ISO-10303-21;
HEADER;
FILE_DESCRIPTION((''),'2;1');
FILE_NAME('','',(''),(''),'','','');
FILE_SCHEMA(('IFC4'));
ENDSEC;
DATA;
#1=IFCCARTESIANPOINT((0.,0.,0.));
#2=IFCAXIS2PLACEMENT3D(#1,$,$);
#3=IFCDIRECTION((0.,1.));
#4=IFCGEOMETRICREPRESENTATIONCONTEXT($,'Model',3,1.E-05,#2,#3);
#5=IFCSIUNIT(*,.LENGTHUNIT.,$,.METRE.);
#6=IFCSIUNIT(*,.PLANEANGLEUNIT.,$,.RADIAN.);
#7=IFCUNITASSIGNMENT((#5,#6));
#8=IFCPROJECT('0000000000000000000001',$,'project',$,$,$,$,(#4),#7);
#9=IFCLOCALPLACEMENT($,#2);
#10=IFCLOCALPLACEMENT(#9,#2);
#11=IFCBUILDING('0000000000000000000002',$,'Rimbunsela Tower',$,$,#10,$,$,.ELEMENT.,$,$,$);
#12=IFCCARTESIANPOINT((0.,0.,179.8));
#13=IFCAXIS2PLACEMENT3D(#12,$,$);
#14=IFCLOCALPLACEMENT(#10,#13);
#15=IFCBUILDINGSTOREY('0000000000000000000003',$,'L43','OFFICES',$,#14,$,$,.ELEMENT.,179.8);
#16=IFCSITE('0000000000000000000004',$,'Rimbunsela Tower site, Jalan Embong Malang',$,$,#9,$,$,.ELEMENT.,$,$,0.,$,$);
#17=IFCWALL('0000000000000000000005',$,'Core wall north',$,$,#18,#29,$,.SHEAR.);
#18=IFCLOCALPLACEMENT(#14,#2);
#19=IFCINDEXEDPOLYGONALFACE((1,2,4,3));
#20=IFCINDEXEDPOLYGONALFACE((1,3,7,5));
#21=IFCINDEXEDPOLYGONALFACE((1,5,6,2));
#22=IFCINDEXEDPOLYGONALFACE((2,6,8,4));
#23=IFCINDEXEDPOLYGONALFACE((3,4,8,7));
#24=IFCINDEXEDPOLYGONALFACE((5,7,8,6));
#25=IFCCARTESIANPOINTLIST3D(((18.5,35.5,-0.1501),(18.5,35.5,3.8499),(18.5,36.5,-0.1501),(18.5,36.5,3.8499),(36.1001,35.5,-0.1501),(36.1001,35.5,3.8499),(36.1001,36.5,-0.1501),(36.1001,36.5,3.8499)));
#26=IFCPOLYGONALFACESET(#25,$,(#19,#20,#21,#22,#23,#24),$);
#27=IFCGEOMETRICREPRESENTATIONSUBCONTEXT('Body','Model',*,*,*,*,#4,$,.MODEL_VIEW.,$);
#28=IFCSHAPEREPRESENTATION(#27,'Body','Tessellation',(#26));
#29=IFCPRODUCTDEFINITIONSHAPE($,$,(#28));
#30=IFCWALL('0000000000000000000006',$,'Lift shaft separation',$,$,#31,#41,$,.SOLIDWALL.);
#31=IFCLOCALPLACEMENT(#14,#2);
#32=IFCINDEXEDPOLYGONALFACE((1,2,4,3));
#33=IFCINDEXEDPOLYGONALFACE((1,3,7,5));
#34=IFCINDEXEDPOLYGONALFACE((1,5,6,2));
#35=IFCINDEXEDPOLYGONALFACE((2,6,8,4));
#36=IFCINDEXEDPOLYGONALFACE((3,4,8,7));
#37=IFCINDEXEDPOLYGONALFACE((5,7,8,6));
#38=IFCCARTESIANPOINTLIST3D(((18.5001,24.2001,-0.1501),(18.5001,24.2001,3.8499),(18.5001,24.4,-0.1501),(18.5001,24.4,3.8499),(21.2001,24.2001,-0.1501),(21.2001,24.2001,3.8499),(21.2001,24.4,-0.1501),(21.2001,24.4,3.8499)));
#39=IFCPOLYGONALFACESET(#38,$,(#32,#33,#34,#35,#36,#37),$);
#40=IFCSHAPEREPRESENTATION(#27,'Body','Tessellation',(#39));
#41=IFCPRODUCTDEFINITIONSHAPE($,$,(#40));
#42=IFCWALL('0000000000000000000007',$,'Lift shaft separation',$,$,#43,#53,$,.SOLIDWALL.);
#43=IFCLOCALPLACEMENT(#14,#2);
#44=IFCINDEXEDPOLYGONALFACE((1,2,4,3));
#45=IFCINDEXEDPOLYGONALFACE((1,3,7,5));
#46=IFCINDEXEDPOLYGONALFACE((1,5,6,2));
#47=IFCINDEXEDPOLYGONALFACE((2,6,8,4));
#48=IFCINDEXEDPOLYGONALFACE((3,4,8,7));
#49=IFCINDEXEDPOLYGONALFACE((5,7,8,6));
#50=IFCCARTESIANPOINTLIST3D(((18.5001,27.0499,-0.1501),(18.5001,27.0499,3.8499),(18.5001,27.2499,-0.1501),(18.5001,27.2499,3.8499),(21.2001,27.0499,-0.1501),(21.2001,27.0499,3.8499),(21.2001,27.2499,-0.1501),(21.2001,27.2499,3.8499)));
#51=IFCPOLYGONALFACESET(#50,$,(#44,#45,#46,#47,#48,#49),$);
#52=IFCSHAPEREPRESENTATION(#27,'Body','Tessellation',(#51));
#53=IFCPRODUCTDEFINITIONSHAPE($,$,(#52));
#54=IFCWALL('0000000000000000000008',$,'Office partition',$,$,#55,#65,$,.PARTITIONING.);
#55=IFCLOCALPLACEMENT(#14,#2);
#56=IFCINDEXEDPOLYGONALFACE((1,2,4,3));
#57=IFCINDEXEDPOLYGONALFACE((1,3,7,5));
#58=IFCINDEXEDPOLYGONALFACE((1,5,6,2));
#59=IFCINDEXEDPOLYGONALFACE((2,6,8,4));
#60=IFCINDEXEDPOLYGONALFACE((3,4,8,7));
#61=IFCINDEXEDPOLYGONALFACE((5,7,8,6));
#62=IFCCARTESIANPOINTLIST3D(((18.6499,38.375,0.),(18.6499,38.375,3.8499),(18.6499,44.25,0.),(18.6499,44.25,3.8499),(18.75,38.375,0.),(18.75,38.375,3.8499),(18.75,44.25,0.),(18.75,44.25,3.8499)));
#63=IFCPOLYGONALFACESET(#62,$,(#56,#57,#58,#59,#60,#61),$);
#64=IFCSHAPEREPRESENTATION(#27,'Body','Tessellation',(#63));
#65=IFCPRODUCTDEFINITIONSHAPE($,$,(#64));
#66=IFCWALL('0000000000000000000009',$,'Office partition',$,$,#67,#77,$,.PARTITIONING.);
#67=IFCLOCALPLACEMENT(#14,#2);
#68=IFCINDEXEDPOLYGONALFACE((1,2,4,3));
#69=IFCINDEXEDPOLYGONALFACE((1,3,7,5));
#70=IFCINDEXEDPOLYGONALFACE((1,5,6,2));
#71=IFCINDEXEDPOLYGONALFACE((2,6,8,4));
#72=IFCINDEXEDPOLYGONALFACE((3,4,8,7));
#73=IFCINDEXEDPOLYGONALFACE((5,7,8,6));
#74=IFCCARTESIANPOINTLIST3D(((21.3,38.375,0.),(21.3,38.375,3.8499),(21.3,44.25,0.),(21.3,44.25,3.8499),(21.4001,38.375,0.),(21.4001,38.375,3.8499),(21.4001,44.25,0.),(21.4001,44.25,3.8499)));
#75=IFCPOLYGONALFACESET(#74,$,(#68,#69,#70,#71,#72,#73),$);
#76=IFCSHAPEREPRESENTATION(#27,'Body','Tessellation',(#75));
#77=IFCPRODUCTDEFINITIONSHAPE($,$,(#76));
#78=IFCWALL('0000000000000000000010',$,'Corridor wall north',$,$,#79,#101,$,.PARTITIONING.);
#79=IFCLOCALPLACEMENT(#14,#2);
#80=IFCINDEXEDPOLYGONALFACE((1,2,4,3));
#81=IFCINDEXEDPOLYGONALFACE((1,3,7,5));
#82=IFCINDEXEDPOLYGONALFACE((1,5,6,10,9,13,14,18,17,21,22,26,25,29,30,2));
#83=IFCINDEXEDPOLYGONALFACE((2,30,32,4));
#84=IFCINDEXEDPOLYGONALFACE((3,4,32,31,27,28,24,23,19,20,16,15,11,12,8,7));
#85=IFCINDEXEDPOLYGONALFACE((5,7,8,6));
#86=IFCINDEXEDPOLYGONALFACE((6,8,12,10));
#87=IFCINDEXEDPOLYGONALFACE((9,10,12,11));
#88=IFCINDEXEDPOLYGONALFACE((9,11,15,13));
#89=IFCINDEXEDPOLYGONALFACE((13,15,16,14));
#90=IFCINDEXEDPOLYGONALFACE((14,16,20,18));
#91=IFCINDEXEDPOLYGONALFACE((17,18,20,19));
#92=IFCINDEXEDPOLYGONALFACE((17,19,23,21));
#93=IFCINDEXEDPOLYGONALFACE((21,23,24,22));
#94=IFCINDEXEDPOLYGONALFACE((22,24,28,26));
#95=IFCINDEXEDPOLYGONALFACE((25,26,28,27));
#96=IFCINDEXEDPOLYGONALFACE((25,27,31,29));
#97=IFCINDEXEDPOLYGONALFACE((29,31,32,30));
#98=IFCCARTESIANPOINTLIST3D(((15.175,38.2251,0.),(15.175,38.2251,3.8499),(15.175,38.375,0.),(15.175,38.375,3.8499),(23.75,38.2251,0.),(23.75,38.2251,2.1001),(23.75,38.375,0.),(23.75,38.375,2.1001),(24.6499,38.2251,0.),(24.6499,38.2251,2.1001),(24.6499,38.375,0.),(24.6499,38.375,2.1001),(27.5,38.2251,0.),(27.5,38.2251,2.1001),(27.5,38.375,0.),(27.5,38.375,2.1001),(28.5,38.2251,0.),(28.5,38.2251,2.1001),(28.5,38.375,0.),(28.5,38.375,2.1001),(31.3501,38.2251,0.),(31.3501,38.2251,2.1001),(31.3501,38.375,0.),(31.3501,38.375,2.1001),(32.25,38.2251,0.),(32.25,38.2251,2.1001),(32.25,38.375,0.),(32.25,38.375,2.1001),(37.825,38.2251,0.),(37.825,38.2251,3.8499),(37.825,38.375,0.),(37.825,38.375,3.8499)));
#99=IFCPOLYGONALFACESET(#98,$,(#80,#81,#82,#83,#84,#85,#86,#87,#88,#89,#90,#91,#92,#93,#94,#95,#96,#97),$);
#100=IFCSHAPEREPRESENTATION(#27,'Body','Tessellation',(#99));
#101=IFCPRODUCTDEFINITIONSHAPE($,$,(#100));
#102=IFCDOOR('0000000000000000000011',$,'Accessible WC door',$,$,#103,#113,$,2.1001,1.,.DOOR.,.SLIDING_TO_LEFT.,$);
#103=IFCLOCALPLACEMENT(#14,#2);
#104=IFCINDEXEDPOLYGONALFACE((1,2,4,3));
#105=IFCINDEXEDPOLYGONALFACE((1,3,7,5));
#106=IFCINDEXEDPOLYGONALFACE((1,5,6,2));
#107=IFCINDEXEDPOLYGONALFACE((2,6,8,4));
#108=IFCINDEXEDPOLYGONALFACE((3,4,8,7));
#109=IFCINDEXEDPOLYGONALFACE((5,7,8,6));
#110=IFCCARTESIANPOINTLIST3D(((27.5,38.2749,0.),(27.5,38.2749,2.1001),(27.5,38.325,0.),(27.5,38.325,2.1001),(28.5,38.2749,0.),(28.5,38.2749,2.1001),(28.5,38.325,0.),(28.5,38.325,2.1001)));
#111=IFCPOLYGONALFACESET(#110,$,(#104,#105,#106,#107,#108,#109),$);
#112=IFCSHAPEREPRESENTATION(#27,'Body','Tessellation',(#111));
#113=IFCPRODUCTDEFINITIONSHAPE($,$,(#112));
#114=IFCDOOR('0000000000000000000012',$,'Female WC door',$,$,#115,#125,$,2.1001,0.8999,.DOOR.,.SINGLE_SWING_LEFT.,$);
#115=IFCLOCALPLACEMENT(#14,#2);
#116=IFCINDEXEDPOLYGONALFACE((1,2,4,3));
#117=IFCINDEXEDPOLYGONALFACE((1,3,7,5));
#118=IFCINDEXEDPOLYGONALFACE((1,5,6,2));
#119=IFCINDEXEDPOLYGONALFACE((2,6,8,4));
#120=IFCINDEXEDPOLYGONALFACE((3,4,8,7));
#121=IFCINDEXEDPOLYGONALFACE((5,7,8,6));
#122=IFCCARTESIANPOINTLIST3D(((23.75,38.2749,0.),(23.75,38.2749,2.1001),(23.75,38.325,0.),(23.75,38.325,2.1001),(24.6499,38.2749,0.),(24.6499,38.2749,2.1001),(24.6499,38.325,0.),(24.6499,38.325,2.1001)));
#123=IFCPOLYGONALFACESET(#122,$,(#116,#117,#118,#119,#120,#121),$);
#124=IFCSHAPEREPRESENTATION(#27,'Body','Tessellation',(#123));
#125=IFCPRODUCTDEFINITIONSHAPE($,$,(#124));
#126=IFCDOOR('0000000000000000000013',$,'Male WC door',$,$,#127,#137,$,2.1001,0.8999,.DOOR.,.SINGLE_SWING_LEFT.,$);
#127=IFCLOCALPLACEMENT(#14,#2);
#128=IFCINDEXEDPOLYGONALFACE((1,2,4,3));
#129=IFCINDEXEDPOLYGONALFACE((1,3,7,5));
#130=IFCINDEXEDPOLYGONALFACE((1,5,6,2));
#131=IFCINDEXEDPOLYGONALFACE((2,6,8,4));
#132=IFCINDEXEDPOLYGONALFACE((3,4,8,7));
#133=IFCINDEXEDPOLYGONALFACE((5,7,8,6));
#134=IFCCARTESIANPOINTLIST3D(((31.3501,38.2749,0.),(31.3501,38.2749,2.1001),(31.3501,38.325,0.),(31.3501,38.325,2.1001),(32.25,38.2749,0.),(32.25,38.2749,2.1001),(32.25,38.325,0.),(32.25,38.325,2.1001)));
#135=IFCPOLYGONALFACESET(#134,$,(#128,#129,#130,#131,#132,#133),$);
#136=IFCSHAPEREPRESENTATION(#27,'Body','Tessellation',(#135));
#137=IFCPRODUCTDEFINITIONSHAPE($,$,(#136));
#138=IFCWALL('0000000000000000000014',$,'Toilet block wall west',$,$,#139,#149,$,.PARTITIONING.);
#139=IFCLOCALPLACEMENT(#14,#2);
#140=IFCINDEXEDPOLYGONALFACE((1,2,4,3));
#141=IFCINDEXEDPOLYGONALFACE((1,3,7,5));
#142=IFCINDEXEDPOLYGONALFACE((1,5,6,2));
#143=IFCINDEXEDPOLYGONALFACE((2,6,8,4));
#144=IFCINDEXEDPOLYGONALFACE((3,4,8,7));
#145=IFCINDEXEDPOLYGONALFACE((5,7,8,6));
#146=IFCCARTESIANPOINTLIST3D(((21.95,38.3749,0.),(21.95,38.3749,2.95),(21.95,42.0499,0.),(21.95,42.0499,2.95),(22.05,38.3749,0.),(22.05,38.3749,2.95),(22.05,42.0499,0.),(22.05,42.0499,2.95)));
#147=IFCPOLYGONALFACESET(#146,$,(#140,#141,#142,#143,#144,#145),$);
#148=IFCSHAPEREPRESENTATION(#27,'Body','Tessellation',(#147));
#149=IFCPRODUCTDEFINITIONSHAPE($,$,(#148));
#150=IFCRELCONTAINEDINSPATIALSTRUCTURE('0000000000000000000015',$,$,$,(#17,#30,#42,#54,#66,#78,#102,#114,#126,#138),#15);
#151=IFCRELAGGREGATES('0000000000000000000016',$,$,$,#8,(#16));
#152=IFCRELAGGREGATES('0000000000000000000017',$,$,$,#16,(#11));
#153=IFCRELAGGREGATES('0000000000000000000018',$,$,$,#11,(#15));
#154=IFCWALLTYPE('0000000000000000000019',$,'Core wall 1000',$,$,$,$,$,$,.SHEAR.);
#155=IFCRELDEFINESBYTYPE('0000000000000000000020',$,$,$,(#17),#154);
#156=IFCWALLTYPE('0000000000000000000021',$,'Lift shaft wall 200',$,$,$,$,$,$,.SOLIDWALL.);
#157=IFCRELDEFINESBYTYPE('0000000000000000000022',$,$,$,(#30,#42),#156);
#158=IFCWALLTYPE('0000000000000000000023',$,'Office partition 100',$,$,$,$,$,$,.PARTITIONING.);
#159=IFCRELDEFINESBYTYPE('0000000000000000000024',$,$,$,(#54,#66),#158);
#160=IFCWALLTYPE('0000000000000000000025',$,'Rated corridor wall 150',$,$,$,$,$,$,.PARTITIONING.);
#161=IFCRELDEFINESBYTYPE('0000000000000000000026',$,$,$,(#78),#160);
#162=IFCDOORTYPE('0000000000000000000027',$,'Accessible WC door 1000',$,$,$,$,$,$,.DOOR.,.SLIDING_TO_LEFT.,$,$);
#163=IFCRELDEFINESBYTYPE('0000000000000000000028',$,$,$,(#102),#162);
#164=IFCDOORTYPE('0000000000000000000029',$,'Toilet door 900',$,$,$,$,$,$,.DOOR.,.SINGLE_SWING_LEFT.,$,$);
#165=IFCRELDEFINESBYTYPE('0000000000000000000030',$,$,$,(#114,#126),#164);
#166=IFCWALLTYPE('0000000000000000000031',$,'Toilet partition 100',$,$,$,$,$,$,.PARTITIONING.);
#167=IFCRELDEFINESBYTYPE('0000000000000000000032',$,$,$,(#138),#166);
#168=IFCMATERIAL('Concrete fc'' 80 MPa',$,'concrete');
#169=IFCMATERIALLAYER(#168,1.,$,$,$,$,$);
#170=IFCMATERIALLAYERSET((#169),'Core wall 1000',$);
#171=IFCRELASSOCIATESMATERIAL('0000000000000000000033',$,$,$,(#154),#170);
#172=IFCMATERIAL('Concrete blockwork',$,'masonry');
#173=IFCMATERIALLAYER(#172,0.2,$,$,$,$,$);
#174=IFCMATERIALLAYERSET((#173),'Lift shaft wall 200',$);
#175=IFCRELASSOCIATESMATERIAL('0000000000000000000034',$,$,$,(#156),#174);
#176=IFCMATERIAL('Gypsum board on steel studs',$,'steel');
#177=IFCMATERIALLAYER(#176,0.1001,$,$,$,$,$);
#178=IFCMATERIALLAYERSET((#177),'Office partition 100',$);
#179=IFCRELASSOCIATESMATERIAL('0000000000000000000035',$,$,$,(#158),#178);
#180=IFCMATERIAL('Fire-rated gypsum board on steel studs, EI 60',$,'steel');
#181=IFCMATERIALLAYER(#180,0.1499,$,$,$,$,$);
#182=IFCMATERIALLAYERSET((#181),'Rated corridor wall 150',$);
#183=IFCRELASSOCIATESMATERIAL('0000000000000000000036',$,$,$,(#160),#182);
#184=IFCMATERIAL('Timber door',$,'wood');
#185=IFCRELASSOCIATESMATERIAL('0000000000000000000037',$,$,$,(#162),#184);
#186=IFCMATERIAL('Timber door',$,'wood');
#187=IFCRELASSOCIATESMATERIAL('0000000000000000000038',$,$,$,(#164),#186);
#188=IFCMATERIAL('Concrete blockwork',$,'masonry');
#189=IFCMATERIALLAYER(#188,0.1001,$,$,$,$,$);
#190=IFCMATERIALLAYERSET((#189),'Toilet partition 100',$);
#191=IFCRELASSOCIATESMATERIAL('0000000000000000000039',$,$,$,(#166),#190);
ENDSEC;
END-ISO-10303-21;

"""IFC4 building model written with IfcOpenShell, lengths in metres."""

from ifc_helpers import new_model, si_unit, direction, frame, frame_2d, origin, place, context, subcontext, project, spatial, rectangle, extrude, material, layer, layer_set, type_object, element, fill, save


model = new_model("IFC4")

# Units and contexts
model_context = context("Model", 3, precision=1e-05, world=origin(), true_north=direction((0.0, 1.0)))
body_context = subcontext(model_context, "Body", "Model", "MODEL_VIEW")
ifc_project = project(units=[si_unit("LENGTHUNIT", "METRE"), si_unit("PLANEANGLEUNIT", "RADIAN")], contexts=[model_context])

# Site, building, storey
site_placement = place(None, origin())
site = spatial("IfcSite", under=ifc_project, at=site_placement, Name="Rimbunsela Tower site, Jalan Embong Malang", CompositionType="ELEMENT", RefElevation=0.0)
building_placement = place(site_placement, origin())
building = spatial("IfcBuilding", under=site, at=building_placement, Name="Rimbunsela Tower", CompositionType="ELEMENT")
storey_placement = place(building_placement, frame((0.0, 0.0, 179.8)))
storey = spatial("IfcBuildingStorey", under=building, at=storey_placement, Name="L43", Description="OFFICES", CompositionType="ELEMENT", Elevation=179.8)

# Walls
ifc_material_1 = material(Name="Concrete fc' 80 MPa", Category="concrete")
ifc_layer_1 = layer(ifc_material_1, 1.0)
ifc_layer_set_1 = layer_set([ifc_layer_1], Name="Core wall 1000")
wall_type_1 = type_object("IfcWallType", Name="Core wall 1000", PredefinedType="SHEAR", material=ifc_layer_set_1)
wall_1_placement = place(storey_placement, frame((18.5, 36.0, -0.1501), z_axis=(0.0, 0.0, 1.0), x_axis=(1.0, 0.0, 0.0)))
element("IfcWall", 1, at=wall_1_placement, inside=storey, type_object=wall_type_1, Name="Core wall north", PredefinedType="SHEAR", context=body_context, shape_type="SweptSolid", body=[
    extrude(rectangle(XDim=17.6001, YDim=1.0, at=frame_2d((8.8, 0.0))), origin(), (0.0, 0.0, 1.0), 4.0),
])
ifc_material_2 = material(Name="Concrete blockwork", Category="masonry")
ifc_layer_2 = layer(ifc_material_2, 0.2)
ifc_layer_set_2 = layer_set([ifc_layer_2], Name="Lift shaft wall 200")
wall_type_2 = type_object("IfcWallType", Name="Lift shaft wall 200", PredefinedType="SOLIDWALL", material=ifc_layer_set_2)
for number, where, z_axis, x_axis, name in (
    (2, (18.5, 24.3, -0.1501), (0.0, 0.0, 1.0), (1.0, 0.0, 0.0), "Lift shaft separation"),
    (3, (18.5, 27.1499, -0.1501), (0.0, 0.0, 1.0), (1.0, 0.0, 0.0), "Lift shaft separation"),
):
    element("IfcWall", number, at=place(storey_placement, frame(where, z_axis=z_axis, x_axis=x_axis)), inside=storey, type_object=wall_type_2, Name=name, PredefinedType="SOLIDWALL", context=body_context, shape_type="SweptSolid", body=[
        extrude(rectangle(XDim=2.7, YDim=0.2, at=frame_2d((1.3501, 0.0))), origin(), (0.0, 0.0, 1.0), 4.0),
    ])
ifc_material_3 = material(Name="Gypsum board on steel studs", Category="steel")
ifc_layer_3 = layer(ifc_material_3, 0.1001)
ifc_layer_set_3 = layer_set([ifc_layer_3], Name="Office partition 100")
wall_type_3 = type_object("IfcWallType", Name="Office partition 100", PredefinedType="PARTITIONING", material=ifc_layer_set_3)
for number, where, z_axis, x_axis, name in (
    (4, (18.7, 38.375, 0.0), (0.0, 0.0, 1.0), (0.0, 1.0, 0.0), "Office partition"),
    (5, (21.3501, 38.375, 0.0), (0.0, 0.0, 1.0), (0.0, 1.0, 0.0), "Office partition"),
):
    element("IfcWall", number, at=place(storey_placement, frame(where, z_axis=z_axis, x_axis=x_axis)), inside=storey, type_object=wall_type_3, Name=name, PredefinedType="PARTITIONING", context=body_context, shape_type="SweptSolid", body=[
        extrude(rectangle(XDim=5.875, YDim=0.1001, at=frame_2d((2.9375, 0.0))), origin(), (0.0, 0.0, 1.0), 3.8499),
    ])

# Wall, openings, doors
ifc_material_4 = material(Name="Fire-rated gypsum board on steel studs, EI 60", Category="steel")
ifc_layer_4 = layer(ifc_material_4, 0.1499)
ifc_layer_set_4 = layer_set([ifc_layer_4], Name="Rated corridor wall 150")
wall_type_4 = type_object("IfcWallType", Name="Rated corridor wall 150", PredefinedType="PARTITIONING", material=ifc_layer_set_4)
wall_2_placement = place(storey_placement, frame((15.175, 38.3, 0.0), z_axis=(0.0, 0.0, 1.0), x_axis=(1.0, 0.0, 0.0)))
wall_2 = element("IfcWall", 6, at=wall_2_placement, inside=storey, type_object=wall_type_4, Name="Corridor wall north", PredefinedType="PARTITIONING", context=body_context, shape_type="SweptSolid", body=[
    extrude(rectangle(XDim=22.6499, YDim=0.1499, at=frame_2d((11.325, 0.0))), origin(), (0.0, 0.0, 1.0), 3.8499),
])
opening_1_placement = place(wall_2_placement, frame((8.575, 0.0, 0.0)))
opening_1 = element("IfcOpeningElement", 7, at=opening_1_placement, cuts=wall_2, PredefinedType="OPENING", context=body_context, shape_type="SweptSolid", body=[
    extrude(rectangle(XDim=0.8999, YDim=2.1001, at=frame_2d((0.45, 1.05))), frame((0.0, 0.085, 0.0), z_axis=(0.0, -1.0, 0.0), x_axis=(1.0, 0.0, 0.0)), (0.0, 0.0, 1.0), 0.1699),
])
opening_2_placement = place(wall_2_placement, frame((12.325, 0.0, 0.0)))
opening_2 = element("IfcOpeningElement", 8, at=opening_2_placement, cuts=wall_2, PredefinedType="OPENING", context=body_context, shape_type="SweptSolid", body=[
    extrude(rectangle(XDim=1.0, YDim=2.1001, at=frame_2d((0.5, 1.05))), frame((0.0, 0.085, 0.0), z_axis=(0.0, -1.0, 0.0), x_axis=(1.0, 0.0, 0.0)), (0.0, 0.0, 1.0), 0.1699),
])
opening_3_placement = place(wall_2_placement, frame((16.175, 0.0, 0.0)))
opening_3 = element("IfcOpeningElement", 9, at=opening_3_placement, cuts=wall_2, PredefinedType="OPENING", context=body_context, shape_type="SweptSolid", body=[
    extrude(rectangle(XDim=0.8999, YDim=2.1001, at=frame_2d((0.45, 1.05))), frame((0.0, 0.085, 0.0), z_axis=(0.0, -1.0, 0.0), x_axis=(1.0, 0.0, 0.0)), (0.0, 0.0, 1.0), 0.1699),
])
ifc_material_5 = material(Name="Timber door", Category="wood")
door_type_1 = type_object("IfcDoorType", Name="Accessible WC door 1000", OperationType="SLIDING_TO_LEFT", PredefinedType="DOOR", material=ifc_material_5)
door_1_placement = place(opening_2_placement, origin())
door_1 = element("IfcDoor", 10, at=door_1_placement, inside=storey, type_object=door_type_1, Name="Accessible WC door", OperationType="SLIDING_TO_LEFT", OverallHeight=2.1001, OverallWidth=1.0, PredefinedType="DOOR", context=body_context, shape_type="SweptSolid", body=[
    extrude(rectangle(XDim=1.0, YDim=2.1001, at=frame_2d((0.5, 1.05))), frame((0.0, 0.0249, 0.0), z_axis=(0.0, -1.0, 0.0), x_axis=(1.0, 0.0, 0.0)), (0.0, 0.0, 1.0), 0.05),
])
fill(opening_2, door_1)
ifc_material_6 = material(Name="Timber door", Category="wood")
door_type_2 = type_object("IfcDoorType", Name="Toilet door 900", OperationType="SINGLE_SWING_LEFT", PredefinedType="DOOR", material=ifc_material_6)
door_2_placement = place(opening_1_placement, origin())
door_2 = element("IfcDoor", 11, at=door_2_placement, inside=storey, type_object=door_type_2, Name="Female WC door", OperationType="SINGLE_SWING_LEFT", OverallHeight=2.1001, OverallWidth=0.8999, PredefinedType="DOOR", context=body_context, shape_type="SweptSolid", body=[
    extrude(rectangle(XDim=0.8999, YDim=2.1001, at=frame_2d((0.45, 1.05))), frame((0.0, 0.0249, 0.0), z_axis=(0.0, -1.0, 0.0), x_axis=(1.0, 0.0, 0.0)), (0.0, 0.0, 1.0), 0.05),
])
fill(opening_1, door_2)
door_3_placement = place(opening_3_placement, origin())
door_3 = element("IfcDoor", 12, at=door_3_placement, inside=storey, type_object=door_type_2, Name="Male WC door", OperationType="SINGLE_SWING_LEFT", OverallHeight=2.1001, OverallWidth=0.8999, PredefinedType="DOOR", context=body_context, shape_type="SweptSolid", body=[
    extrude(rectangle(XDim=0.8999, YDim=2.1001, at=frame_2d((0.45, 1.05))), frame((0.0, 0.0249, 0.0), z_axis=(0.0, -1.0, 0.0), x_axis=(1.0, 0.0, 0.0)), (0.0, 0.0, 1.0), 0.05),
])
fill(opening_3, door_3)

# Wall
ifc_material_7 = material(Name="Concrete blockwork", Category="masonry")
ifc_layer_5 = layer(ifc_material_7, 0.1001)
ifc_layer_set_5 = layer_set([ifc_layer_5], Name="Toilet partition 100")
wall_type_5 = type_object("IfcWallType", Name="Toilet partition 100", PredefinedType="PARTITIONING", material=ifc_layer_set_5)
wall_3_placement = place(storey_placement, frame((22.0, 38.375, 0.0), z_axis=(0.0, 0.0, 1.0), x_axis=(0.0, 1.0, 0.0)))
element("IfcWall", 13, at=wall_3_placement, inside=storey, type_object=wall_type_5, Name="Toilet block wall west", PredefinedType="PARTITIONING", context=body_context, shape_type="SweptSolid", body=[
    extrude(rectangle(XDim=3.675, YDim=0.1001, at=frame_2d((1.8374, 0.0))), origin(), (0.0, 0.0, 1.0), 2.95),
])

save(model, "model.ifc")
